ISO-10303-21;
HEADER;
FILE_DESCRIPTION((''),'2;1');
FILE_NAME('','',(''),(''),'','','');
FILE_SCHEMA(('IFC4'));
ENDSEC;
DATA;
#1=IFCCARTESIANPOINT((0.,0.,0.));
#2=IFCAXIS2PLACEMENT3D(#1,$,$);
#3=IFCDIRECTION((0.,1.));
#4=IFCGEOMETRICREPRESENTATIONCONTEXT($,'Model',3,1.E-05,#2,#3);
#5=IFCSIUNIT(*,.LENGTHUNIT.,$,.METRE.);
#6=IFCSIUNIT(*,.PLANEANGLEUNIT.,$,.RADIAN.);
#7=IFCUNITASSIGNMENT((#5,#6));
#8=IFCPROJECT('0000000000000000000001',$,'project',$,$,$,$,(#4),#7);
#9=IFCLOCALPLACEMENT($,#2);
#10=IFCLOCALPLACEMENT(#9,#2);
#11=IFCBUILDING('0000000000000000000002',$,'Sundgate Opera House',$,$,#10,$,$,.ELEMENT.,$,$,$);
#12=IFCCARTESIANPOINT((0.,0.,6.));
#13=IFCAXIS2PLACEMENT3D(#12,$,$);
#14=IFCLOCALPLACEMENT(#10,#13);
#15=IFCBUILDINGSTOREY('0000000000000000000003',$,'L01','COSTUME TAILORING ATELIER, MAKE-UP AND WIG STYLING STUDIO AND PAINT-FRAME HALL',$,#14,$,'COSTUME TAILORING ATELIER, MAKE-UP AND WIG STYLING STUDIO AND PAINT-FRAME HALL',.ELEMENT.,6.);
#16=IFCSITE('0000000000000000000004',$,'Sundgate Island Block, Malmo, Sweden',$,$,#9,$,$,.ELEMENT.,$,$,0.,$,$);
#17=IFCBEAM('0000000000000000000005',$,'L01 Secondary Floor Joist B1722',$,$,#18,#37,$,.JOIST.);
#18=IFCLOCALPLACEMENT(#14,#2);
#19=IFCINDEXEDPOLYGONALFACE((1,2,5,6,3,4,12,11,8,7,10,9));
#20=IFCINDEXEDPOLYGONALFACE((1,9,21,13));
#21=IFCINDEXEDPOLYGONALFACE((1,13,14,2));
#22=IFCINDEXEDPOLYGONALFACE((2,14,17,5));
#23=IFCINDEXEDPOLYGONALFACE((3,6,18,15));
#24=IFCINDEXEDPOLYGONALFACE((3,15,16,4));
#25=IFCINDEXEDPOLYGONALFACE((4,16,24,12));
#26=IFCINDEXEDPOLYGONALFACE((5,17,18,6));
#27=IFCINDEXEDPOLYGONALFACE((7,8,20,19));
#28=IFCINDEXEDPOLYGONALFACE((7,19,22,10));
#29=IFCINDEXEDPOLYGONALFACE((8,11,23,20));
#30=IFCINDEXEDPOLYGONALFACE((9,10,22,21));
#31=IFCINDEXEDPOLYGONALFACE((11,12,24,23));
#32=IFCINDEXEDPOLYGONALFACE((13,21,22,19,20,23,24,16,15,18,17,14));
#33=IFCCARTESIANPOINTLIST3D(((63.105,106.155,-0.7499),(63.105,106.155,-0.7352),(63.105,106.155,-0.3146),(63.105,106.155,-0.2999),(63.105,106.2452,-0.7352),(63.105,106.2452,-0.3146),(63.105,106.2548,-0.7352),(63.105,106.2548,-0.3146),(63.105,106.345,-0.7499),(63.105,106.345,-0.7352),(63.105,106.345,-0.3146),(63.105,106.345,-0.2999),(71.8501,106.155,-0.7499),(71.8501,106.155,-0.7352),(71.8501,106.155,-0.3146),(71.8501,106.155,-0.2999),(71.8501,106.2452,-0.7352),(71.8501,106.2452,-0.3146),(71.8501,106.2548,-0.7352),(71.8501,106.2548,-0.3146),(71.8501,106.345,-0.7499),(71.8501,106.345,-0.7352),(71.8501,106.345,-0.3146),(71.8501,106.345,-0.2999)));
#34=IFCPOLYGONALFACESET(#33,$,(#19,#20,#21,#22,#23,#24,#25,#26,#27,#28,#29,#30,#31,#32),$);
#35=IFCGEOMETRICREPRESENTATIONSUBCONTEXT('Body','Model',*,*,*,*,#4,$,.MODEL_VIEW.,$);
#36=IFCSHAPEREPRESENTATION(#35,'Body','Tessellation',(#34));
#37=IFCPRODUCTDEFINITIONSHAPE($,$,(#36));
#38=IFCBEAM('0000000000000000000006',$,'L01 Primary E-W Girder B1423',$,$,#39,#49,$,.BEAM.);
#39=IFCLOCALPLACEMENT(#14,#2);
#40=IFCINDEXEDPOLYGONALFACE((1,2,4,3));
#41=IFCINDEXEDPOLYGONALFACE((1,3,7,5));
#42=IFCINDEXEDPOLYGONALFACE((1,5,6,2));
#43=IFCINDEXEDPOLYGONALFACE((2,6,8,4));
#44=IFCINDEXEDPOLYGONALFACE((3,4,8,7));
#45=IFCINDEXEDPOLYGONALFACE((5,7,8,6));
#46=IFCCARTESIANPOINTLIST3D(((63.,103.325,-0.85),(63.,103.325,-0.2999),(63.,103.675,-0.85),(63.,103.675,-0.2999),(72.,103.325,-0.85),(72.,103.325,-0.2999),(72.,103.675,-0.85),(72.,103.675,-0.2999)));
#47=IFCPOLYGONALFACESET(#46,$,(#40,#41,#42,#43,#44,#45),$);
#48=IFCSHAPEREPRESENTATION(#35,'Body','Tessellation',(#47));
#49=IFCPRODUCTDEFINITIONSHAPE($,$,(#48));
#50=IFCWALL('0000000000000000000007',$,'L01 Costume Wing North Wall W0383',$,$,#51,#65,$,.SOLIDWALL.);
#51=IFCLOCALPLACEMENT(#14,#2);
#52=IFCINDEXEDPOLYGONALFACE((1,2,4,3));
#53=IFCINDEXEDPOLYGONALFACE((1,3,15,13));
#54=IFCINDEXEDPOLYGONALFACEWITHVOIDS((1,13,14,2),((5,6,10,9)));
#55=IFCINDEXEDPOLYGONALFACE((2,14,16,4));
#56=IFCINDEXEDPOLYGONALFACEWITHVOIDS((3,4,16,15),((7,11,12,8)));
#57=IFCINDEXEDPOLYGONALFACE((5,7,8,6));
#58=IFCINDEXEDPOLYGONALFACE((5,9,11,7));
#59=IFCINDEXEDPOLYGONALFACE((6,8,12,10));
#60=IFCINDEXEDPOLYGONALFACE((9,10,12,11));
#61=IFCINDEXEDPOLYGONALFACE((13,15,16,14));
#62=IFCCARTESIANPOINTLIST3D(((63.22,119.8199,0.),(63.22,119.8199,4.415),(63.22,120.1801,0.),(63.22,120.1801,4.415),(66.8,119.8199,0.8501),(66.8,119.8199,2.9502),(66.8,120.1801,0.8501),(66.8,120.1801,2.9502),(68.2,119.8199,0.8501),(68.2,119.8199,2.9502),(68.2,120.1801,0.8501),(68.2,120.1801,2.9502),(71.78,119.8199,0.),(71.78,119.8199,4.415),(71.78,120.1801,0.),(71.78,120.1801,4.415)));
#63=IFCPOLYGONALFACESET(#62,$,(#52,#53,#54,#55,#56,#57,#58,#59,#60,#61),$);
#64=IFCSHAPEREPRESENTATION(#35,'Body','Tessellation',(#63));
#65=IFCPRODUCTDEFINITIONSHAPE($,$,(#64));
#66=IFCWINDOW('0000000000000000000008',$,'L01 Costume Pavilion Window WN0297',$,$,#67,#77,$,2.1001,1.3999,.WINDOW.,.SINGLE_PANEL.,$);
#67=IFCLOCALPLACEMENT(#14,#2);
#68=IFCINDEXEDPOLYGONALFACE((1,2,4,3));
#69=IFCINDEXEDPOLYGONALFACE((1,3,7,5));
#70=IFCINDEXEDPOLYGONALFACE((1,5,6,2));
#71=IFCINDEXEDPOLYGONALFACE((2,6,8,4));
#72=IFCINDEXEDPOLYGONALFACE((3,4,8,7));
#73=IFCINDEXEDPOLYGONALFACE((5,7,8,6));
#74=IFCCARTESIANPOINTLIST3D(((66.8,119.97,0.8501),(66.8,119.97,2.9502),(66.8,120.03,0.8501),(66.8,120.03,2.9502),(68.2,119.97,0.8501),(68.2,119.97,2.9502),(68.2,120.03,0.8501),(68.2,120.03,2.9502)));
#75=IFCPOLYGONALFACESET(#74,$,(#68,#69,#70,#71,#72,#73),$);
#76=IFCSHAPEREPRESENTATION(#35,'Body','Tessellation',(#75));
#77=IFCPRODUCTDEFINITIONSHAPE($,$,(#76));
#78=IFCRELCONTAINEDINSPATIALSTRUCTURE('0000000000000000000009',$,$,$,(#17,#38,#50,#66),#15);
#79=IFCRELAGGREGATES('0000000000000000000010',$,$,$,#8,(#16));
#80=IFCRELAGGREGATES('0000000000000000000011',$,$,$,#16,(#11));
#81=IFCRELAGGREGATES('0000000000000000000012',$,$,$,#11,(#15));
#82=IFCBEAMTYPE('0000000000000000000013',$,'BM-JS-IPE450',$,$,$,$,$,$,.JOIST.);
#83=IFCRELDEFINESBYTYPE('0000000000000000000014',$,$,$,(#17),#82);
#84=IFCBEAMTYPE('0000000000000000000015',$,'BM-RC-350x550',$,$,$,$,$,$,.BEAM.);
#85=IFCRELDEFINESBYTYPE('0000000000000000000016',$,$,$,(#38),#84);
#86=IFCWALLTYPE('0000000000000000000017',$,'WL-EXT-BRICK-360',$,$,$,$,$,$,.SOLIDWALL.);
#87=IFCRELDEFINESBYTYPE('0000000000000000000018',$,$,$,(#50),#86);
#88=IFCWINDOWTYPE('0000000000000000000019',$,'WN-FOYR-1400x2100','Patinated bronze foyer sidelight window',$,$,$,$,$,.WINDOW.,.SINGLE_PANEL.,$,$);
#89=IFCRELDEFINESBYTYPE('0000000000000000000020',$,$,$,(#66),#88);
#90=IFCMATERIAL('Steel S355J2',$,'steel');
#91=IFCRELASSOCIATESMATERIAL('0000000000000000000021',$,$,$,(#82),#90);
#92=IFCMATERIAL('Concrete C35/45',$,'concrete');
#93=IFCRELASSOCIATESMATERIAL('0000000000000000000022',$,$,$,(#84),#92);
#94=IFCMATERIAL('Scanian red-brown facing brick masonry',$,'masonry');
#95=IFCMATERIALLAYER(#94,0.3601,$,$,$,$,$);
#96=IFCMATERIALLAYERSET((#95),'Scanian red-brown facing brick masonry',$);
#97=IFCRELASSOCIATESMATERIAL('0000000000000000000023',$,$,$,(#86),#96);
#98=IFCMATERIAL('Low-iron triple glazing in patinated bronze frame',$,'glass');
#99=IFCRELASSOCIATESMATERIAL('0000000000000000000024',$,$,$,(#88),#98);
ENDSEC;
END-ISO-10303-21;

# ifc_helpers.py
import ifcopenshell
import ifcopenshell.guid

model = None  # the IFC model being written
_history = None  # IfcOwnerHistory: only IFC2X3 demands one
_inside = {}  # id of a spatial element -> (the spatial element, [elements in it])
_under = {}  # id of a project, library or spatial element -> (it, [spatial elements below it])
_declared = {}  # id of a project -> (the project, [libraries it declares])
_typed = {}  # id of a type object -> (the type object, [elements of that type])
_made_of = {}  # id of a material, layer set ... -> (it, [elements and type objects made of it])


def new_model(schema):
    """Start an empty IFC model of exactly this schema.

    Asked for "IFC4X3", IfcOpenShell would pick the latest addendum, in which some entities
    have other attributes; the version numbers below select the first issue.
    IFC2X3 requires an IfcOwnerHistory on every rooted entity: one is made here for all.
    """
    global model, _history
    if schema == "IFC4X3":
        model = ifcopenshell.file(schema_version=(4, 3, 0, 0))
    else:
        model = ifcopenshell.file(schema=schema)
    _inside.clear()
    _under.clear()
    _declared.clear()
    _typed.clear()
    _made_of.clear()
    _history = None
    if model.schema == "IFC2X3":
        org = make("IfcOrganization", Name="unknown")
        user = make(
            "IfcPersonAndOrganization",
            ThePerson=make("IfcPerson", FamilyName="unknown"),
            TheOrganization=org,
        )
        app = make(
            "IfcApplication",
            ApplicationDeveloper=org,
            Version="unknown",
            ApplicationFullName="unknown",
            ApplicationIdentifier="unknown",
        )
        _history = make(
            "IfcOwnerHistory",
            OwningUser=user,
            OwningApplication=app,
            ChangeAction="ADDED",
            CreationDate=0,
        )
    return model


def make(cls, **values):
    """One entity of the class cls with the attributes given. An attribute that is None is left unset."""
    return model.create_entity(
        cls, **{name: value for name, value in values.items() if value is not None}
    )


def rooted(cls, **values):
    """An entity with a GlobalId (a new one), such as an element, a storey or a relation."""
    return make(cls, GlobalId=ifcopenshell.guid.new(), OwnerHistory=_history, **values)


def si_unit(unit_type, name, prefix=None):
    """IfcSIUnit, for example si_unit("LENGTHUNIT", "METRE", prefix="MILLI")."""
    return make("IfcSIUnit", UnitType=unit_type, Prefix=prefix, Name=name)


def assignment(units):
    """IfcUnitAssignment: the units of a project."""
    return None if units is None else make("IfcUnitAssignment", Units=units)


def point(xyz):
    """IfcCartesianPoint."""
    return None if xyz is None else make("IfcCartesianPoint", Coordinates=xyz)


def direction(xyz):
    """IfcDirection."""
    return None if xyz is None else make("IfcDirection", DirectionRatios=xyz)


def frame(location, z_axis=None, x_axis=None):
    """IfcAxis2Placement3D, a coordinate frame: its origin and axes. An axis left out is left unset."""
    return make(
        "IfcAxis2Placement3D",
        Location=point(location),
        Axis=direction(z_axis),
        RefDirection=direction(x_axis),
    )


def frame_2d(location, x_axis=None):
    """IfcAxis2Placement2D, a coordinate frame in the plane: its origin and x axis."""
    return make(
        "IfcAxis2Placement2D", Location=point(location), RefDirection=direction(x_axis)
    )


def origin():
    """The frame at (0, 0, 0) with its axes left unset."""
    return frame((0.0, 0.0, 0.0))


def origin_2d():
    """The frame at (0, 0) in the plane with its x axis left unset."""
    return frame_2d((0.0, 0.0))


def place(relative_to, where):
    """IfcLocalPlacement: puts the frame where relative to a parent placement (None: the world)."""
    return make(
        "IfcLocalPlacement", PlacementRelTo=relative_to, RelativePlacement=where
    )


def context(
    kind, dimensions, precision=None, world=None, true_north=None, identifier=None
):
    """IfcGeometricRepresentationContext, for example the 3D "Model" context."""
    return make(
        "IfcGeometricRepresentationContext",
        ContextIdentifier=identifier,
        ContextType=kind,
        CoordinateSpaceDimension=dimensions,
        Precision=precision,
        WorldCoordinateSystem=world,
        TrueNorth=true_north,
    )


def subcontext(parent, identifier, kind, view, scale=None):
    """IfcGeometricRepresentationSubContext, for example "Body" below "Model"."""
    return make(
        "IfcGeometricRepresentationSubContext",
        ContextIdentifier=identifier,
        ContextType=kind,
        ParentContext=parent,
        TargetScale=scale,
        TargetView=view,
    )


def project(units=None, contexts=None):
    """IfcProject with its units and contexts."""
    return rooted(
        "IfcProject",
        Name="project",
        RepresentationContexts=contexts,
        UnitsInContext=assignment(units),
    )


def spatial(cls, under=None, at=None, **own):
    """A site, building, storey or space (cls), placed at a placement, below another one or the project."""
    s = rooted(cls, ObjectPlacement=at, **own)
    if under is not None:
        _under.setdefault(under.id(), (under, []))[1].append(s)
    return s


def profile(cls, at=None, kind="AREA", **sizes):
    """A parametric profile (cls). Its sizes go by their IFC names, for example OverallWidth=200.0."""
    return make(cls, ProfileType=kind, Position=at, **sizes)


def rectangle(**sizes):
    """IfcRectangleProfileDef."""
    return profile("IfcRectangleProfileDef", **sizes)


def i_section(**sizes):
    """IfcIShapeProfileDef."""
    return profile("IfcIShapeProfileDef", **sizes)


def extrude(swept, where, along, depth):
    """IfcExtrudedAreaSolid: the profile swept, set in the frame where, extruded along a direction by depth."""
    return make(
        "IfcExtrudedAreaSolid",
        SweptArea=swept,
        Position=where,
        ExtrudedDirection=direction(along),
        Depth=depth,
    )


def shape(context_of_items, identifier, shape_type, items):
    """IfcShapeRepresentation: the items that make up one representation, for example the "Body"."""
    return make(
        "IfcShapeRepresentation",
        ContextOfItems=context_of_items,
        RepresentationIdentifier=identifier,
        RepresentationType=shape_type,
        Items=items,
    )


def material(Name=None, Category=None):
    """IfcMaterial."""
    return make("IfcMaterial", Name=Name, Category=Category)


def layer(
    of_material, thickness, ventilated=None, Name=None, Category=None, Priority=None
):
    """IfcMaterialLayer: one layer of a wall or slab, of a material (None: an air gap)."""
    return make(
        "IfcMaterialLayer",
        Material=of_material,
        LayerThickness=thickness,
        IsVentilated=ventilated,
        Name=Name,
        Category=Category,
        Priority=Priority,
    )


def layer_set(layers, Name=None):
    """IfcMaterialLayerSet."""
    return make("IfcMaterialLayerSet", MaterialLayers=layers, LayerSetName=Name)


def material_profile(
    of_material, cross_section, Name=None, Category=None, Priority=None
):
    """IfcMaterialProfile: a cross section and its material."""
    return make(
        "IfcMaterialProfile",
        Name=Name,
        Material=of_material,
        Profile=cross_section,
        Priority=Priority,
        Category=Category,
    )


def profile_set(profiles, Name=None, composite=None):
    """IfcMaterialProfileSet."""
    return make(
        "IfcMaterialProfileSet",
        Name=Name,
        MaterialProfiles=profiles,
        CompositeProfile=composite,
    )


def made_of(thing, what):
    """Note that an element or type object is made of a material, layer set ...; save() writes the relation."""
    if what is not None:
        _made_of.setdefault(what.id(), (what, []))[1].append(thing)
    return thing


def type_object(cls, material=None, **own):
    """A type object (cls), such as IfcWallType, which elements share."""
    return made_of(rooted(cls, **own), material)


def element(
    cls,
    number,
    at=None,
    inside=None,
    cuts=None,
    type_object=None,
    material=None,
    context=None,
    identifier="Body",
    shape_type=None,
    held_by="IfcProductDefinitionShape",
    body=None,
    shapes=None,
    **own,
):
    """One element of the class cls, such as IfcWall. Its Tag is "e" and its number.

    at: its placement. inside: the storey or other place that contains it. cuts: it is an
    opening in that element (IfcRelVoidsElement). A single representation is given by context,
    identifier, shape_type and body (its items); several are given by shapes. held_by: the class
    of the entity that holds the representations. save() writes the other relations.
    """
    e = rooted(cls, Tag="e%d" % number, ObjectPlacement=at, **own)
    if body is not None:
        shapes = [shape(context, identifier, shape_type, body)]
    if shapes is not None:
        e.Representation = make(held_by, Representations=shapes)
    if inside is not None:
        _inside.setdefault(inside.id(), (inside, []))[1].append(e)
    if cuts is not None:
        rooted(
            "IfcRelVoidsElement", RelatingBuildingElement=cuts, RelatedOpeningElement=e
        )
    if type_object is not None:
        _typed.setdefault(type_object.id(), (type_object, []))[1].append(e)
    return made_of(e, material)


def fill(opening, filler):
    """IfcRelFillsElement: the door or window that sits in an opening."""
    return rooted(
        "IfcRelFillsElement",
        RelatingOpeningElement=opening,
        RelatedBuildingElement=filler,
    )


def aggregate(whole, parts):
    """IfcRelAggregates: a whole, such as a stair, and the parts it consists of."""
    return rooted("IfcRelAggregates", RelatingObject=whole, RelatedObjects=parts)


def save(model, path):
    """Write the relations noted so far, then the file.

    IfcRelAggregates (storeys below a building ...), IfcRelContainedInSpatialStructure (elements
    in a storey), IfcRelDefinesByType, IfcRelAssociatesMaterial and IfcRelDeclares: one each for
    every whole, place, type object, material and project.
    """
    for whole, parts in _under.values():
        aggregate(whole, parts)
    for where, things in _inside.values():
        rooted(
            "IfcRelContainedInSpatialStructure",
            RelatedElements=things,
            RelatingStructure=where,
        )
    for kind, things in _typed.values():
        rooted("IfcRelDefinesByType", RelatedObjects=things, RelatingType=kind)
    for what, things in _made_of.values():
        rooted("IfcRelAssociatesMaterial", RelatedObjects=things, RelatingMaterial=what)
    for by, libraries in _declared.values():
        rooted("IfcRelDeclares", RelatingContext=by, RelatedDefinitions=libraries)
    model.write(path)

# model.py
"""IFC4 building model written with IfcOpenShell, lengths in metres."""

from ifc_helpers import new_model, si_unit, direction, frame, frame_2d, origin, origin_2d, place, context, subcontext, project, spatial, rectangle, i_section, extrude, material, layer, layer_set, material_profile, profile_set, type_object, element, fill, save


model = new_model("IFC4")

# Units and contexts
model_context = context("Model", 3, precision=1e-05, world=origin(), true_north=direction((0.0, 1.0)))
body_context = subcontext(model_context, "Body", "Model", "MODEL_VIEW")
ifc_project = project(units=[si_unit("LENGTHUNIT", "METRE"), si_unit("PLANEANGLEUNIT", "RADIAN")], contexts=[model_context])

# Site, building, storey
site_placement = place(None, origin())
site = spatial("IfcSite", under=ifc_project, at=site_placement, Name="Sundgate Island Block, Malmo, Sweden", CompositionType="ELEMENT", RefElevation=0.0)
building_placement = place(site_placement, origin())
building = spatial("IfcBuilding", under=site, at=building_placement, Name="Sundgate Opera House", CompositionType="ELEMENT")
storey_placement = place(building_placement, frame((0.0, 0.0, 6.0)))
storey = spatial("IfcBuildingStorey", under=building, at=storey_placement, Name="L01", Description="COSTUME TAILORING ATELIER, MAKE-UP AND WIG STYLING STUDIO AND PAINT-FRAME HALL", LongName="COSTUME TAILORING ATELIER, MAKE-UP AND WIG STYLING STUDIO AND PAINT-FRAME HALL", CompositionType="ELEMENT", Elevation=6.0)

# Beams
ifc_material_1 = material(Name="Steel S355J2", Category="steel")
ifc_material_profile_1 = material_profile(ifc_material_1, i_section(OverallWidth=0.1899, OverallDepth=0.45, WebThickness=0.0095, FlangeThickness=0.0146, at=origin_2d()), Name="IPE 450")
ifc_profile_set_1 = profile_set([ifc_material_profile_1], Name="Steel S355J2")
beam_type_1 = type_object("IfcBeamType", Name="BM-JS-IPE450", PredefinedType="JOIST", material=ifc_profile_set_1)
beam_1_placement = place(storey_placement, frame((63.105, 106.25, -0.5249), z_axis=(1.0, 0.0, 0.0), x_axis=(0.0, 1.0, 0.0)))
element("IfcBeam", 1, at=beam_1_placement, inside=storey, type_object=beam_type_1, Name="L01 Secondary Floor Joist B1722", PredefinedType="JOIST", context=body_context, shape_type="SweptSolid", body=[
    extrude(i_section(OverallWidth=0.1899, OverallDepth=0.45, WebThickness=0.0095, FlangeThickness=0.0146, at=origin_2d()), origin(), (0.0, 0.0, 1.0), 8.7451),
])
ifc_material_2 = material(Name="Concrete C35/45", Category="concrete")
ifc_material_profile_2 = material_profile(ifc_material_2, rectangle(XDim=0.3501, YDim=0.55, at=origin_2d()), Name="RC 350x550")
ifc_profile_set_2 = profile_set([ifc_material_profile_2], Name="Concrete C35/45")
beam_type_2 = type_object("IfcBeamType", Name="BM-RC-350x550", PredefinedType="BEAM", material=ifc_profile_set_2)
beam_2_placement = place(storey_placement, frame((63.0, 103.5, -0.575), z_axis=(1.0, 0.0, 0.0), x_axis=(0.0, 1.0, 0.0)))
element("IfcBeam", 2, at=beam_2_placement, inside=storey, type_object=beam_type_2, Name="L01 Primary E-W Girder B1423", PredefinedType="BEAM", context=body_context, shape_type="SweptSolid", body=[
    extrude(rectangle(XDim=0.3501, YDim=0.55, at=origin_2d()), origin(), (0.0, 0.0, 1.0), 9.0),
])

# Wall, opening, window
ifc_material_3 = material(Name="Scanian red-brown facing brick masonry", Category="masonry")
ifc_layer = layer(ifc_material_3, 0.3601)
ifc_layer_set = layer_set([ifc_layer], Name="Scanian red-brown facing brick masonry")
wall_type = type_object("IfcWallType", Name="WL-EXT-BRICK-360", PredefinedType="SOLIDWALL", material=ifc_layer_set)
wall_placement = place(storey_placement, frame((63.22, 120.0, 0.0), z_axis=(0.0, 0.0, 1.0), x_axis=(1.0, 0.0, 0.0)))
wall = element("IfcWall", 3, at=wall_placement, inside=storey, type_object=wall_type, Name="L01 Costume Wing North Wall W0383", PredefinedType="SOLIDWALL", context=body_context, shape_type="SweptSolid", body=[
    extrude(rectangle(XDim=8.5601, YDim=0.3601, at=frame_2d((4.28, 0.0))), origin(), (0.0, 0.0, 1.0), 4.415),
])
opening_placement = place(wall_placement, frame((3.5801, 0.0, 0.8501)))
opening = element("IfcOpeningElement", 4, at=opening_placement, cuts=wall, PredefinedType="OPENING", context=body_context, shape_type="SweptSolid", body=[
    extrude(rectangle(XDim=1.3999, YDim=2.1001, at=frame_2d((0.7, 1.05))), frame((0.0, 0.1899, 0.0), z_axis=(0.0, -1.0, 0.0), x_axis=(1.0, 0.0, 0.0)), (0.0, 0.0, 1.0), 0.3801),
])
ifc_material_4 = material(Name="Low-iron triple glazing in patinated bronze frame", Category="glass")
window_type = type_object("IfcWindowType", Name="WN-FOYR-1400x2100", Description="Patinated bronze foyer sidelight window", PartitioningType="SINGLE_PANEL", PredefinedType="WINDOW", material=ifc_material_4)
window_placement = place(opening_placement, origin())
window = element("IfcWindow", 5, at=window_placement, inside=storey, type_object=window_type, Name="L01 Costume Pavilion Window WN0297", OverallHeight=2.1001, OverallWidth=1.3999, PartitioningType="SINGLE_PANEL", PredefinedType="WINDOW", context=body_context, shape_type="SweptSolid", body=[
    extrude(rectangle(XDim=1.3999, YDim=2.1001, at=frame_2d((0.7, 1.05))), frame((0.0, 0.03, 0.0), z_axis=(0.0, -1.0, 0.0), x_axis=(1.0, 0.0, 0.0)), (0.0, 0.0, 1.0), 0.0601),
])
fill(opening, window)

save(model, "model.ifc")
